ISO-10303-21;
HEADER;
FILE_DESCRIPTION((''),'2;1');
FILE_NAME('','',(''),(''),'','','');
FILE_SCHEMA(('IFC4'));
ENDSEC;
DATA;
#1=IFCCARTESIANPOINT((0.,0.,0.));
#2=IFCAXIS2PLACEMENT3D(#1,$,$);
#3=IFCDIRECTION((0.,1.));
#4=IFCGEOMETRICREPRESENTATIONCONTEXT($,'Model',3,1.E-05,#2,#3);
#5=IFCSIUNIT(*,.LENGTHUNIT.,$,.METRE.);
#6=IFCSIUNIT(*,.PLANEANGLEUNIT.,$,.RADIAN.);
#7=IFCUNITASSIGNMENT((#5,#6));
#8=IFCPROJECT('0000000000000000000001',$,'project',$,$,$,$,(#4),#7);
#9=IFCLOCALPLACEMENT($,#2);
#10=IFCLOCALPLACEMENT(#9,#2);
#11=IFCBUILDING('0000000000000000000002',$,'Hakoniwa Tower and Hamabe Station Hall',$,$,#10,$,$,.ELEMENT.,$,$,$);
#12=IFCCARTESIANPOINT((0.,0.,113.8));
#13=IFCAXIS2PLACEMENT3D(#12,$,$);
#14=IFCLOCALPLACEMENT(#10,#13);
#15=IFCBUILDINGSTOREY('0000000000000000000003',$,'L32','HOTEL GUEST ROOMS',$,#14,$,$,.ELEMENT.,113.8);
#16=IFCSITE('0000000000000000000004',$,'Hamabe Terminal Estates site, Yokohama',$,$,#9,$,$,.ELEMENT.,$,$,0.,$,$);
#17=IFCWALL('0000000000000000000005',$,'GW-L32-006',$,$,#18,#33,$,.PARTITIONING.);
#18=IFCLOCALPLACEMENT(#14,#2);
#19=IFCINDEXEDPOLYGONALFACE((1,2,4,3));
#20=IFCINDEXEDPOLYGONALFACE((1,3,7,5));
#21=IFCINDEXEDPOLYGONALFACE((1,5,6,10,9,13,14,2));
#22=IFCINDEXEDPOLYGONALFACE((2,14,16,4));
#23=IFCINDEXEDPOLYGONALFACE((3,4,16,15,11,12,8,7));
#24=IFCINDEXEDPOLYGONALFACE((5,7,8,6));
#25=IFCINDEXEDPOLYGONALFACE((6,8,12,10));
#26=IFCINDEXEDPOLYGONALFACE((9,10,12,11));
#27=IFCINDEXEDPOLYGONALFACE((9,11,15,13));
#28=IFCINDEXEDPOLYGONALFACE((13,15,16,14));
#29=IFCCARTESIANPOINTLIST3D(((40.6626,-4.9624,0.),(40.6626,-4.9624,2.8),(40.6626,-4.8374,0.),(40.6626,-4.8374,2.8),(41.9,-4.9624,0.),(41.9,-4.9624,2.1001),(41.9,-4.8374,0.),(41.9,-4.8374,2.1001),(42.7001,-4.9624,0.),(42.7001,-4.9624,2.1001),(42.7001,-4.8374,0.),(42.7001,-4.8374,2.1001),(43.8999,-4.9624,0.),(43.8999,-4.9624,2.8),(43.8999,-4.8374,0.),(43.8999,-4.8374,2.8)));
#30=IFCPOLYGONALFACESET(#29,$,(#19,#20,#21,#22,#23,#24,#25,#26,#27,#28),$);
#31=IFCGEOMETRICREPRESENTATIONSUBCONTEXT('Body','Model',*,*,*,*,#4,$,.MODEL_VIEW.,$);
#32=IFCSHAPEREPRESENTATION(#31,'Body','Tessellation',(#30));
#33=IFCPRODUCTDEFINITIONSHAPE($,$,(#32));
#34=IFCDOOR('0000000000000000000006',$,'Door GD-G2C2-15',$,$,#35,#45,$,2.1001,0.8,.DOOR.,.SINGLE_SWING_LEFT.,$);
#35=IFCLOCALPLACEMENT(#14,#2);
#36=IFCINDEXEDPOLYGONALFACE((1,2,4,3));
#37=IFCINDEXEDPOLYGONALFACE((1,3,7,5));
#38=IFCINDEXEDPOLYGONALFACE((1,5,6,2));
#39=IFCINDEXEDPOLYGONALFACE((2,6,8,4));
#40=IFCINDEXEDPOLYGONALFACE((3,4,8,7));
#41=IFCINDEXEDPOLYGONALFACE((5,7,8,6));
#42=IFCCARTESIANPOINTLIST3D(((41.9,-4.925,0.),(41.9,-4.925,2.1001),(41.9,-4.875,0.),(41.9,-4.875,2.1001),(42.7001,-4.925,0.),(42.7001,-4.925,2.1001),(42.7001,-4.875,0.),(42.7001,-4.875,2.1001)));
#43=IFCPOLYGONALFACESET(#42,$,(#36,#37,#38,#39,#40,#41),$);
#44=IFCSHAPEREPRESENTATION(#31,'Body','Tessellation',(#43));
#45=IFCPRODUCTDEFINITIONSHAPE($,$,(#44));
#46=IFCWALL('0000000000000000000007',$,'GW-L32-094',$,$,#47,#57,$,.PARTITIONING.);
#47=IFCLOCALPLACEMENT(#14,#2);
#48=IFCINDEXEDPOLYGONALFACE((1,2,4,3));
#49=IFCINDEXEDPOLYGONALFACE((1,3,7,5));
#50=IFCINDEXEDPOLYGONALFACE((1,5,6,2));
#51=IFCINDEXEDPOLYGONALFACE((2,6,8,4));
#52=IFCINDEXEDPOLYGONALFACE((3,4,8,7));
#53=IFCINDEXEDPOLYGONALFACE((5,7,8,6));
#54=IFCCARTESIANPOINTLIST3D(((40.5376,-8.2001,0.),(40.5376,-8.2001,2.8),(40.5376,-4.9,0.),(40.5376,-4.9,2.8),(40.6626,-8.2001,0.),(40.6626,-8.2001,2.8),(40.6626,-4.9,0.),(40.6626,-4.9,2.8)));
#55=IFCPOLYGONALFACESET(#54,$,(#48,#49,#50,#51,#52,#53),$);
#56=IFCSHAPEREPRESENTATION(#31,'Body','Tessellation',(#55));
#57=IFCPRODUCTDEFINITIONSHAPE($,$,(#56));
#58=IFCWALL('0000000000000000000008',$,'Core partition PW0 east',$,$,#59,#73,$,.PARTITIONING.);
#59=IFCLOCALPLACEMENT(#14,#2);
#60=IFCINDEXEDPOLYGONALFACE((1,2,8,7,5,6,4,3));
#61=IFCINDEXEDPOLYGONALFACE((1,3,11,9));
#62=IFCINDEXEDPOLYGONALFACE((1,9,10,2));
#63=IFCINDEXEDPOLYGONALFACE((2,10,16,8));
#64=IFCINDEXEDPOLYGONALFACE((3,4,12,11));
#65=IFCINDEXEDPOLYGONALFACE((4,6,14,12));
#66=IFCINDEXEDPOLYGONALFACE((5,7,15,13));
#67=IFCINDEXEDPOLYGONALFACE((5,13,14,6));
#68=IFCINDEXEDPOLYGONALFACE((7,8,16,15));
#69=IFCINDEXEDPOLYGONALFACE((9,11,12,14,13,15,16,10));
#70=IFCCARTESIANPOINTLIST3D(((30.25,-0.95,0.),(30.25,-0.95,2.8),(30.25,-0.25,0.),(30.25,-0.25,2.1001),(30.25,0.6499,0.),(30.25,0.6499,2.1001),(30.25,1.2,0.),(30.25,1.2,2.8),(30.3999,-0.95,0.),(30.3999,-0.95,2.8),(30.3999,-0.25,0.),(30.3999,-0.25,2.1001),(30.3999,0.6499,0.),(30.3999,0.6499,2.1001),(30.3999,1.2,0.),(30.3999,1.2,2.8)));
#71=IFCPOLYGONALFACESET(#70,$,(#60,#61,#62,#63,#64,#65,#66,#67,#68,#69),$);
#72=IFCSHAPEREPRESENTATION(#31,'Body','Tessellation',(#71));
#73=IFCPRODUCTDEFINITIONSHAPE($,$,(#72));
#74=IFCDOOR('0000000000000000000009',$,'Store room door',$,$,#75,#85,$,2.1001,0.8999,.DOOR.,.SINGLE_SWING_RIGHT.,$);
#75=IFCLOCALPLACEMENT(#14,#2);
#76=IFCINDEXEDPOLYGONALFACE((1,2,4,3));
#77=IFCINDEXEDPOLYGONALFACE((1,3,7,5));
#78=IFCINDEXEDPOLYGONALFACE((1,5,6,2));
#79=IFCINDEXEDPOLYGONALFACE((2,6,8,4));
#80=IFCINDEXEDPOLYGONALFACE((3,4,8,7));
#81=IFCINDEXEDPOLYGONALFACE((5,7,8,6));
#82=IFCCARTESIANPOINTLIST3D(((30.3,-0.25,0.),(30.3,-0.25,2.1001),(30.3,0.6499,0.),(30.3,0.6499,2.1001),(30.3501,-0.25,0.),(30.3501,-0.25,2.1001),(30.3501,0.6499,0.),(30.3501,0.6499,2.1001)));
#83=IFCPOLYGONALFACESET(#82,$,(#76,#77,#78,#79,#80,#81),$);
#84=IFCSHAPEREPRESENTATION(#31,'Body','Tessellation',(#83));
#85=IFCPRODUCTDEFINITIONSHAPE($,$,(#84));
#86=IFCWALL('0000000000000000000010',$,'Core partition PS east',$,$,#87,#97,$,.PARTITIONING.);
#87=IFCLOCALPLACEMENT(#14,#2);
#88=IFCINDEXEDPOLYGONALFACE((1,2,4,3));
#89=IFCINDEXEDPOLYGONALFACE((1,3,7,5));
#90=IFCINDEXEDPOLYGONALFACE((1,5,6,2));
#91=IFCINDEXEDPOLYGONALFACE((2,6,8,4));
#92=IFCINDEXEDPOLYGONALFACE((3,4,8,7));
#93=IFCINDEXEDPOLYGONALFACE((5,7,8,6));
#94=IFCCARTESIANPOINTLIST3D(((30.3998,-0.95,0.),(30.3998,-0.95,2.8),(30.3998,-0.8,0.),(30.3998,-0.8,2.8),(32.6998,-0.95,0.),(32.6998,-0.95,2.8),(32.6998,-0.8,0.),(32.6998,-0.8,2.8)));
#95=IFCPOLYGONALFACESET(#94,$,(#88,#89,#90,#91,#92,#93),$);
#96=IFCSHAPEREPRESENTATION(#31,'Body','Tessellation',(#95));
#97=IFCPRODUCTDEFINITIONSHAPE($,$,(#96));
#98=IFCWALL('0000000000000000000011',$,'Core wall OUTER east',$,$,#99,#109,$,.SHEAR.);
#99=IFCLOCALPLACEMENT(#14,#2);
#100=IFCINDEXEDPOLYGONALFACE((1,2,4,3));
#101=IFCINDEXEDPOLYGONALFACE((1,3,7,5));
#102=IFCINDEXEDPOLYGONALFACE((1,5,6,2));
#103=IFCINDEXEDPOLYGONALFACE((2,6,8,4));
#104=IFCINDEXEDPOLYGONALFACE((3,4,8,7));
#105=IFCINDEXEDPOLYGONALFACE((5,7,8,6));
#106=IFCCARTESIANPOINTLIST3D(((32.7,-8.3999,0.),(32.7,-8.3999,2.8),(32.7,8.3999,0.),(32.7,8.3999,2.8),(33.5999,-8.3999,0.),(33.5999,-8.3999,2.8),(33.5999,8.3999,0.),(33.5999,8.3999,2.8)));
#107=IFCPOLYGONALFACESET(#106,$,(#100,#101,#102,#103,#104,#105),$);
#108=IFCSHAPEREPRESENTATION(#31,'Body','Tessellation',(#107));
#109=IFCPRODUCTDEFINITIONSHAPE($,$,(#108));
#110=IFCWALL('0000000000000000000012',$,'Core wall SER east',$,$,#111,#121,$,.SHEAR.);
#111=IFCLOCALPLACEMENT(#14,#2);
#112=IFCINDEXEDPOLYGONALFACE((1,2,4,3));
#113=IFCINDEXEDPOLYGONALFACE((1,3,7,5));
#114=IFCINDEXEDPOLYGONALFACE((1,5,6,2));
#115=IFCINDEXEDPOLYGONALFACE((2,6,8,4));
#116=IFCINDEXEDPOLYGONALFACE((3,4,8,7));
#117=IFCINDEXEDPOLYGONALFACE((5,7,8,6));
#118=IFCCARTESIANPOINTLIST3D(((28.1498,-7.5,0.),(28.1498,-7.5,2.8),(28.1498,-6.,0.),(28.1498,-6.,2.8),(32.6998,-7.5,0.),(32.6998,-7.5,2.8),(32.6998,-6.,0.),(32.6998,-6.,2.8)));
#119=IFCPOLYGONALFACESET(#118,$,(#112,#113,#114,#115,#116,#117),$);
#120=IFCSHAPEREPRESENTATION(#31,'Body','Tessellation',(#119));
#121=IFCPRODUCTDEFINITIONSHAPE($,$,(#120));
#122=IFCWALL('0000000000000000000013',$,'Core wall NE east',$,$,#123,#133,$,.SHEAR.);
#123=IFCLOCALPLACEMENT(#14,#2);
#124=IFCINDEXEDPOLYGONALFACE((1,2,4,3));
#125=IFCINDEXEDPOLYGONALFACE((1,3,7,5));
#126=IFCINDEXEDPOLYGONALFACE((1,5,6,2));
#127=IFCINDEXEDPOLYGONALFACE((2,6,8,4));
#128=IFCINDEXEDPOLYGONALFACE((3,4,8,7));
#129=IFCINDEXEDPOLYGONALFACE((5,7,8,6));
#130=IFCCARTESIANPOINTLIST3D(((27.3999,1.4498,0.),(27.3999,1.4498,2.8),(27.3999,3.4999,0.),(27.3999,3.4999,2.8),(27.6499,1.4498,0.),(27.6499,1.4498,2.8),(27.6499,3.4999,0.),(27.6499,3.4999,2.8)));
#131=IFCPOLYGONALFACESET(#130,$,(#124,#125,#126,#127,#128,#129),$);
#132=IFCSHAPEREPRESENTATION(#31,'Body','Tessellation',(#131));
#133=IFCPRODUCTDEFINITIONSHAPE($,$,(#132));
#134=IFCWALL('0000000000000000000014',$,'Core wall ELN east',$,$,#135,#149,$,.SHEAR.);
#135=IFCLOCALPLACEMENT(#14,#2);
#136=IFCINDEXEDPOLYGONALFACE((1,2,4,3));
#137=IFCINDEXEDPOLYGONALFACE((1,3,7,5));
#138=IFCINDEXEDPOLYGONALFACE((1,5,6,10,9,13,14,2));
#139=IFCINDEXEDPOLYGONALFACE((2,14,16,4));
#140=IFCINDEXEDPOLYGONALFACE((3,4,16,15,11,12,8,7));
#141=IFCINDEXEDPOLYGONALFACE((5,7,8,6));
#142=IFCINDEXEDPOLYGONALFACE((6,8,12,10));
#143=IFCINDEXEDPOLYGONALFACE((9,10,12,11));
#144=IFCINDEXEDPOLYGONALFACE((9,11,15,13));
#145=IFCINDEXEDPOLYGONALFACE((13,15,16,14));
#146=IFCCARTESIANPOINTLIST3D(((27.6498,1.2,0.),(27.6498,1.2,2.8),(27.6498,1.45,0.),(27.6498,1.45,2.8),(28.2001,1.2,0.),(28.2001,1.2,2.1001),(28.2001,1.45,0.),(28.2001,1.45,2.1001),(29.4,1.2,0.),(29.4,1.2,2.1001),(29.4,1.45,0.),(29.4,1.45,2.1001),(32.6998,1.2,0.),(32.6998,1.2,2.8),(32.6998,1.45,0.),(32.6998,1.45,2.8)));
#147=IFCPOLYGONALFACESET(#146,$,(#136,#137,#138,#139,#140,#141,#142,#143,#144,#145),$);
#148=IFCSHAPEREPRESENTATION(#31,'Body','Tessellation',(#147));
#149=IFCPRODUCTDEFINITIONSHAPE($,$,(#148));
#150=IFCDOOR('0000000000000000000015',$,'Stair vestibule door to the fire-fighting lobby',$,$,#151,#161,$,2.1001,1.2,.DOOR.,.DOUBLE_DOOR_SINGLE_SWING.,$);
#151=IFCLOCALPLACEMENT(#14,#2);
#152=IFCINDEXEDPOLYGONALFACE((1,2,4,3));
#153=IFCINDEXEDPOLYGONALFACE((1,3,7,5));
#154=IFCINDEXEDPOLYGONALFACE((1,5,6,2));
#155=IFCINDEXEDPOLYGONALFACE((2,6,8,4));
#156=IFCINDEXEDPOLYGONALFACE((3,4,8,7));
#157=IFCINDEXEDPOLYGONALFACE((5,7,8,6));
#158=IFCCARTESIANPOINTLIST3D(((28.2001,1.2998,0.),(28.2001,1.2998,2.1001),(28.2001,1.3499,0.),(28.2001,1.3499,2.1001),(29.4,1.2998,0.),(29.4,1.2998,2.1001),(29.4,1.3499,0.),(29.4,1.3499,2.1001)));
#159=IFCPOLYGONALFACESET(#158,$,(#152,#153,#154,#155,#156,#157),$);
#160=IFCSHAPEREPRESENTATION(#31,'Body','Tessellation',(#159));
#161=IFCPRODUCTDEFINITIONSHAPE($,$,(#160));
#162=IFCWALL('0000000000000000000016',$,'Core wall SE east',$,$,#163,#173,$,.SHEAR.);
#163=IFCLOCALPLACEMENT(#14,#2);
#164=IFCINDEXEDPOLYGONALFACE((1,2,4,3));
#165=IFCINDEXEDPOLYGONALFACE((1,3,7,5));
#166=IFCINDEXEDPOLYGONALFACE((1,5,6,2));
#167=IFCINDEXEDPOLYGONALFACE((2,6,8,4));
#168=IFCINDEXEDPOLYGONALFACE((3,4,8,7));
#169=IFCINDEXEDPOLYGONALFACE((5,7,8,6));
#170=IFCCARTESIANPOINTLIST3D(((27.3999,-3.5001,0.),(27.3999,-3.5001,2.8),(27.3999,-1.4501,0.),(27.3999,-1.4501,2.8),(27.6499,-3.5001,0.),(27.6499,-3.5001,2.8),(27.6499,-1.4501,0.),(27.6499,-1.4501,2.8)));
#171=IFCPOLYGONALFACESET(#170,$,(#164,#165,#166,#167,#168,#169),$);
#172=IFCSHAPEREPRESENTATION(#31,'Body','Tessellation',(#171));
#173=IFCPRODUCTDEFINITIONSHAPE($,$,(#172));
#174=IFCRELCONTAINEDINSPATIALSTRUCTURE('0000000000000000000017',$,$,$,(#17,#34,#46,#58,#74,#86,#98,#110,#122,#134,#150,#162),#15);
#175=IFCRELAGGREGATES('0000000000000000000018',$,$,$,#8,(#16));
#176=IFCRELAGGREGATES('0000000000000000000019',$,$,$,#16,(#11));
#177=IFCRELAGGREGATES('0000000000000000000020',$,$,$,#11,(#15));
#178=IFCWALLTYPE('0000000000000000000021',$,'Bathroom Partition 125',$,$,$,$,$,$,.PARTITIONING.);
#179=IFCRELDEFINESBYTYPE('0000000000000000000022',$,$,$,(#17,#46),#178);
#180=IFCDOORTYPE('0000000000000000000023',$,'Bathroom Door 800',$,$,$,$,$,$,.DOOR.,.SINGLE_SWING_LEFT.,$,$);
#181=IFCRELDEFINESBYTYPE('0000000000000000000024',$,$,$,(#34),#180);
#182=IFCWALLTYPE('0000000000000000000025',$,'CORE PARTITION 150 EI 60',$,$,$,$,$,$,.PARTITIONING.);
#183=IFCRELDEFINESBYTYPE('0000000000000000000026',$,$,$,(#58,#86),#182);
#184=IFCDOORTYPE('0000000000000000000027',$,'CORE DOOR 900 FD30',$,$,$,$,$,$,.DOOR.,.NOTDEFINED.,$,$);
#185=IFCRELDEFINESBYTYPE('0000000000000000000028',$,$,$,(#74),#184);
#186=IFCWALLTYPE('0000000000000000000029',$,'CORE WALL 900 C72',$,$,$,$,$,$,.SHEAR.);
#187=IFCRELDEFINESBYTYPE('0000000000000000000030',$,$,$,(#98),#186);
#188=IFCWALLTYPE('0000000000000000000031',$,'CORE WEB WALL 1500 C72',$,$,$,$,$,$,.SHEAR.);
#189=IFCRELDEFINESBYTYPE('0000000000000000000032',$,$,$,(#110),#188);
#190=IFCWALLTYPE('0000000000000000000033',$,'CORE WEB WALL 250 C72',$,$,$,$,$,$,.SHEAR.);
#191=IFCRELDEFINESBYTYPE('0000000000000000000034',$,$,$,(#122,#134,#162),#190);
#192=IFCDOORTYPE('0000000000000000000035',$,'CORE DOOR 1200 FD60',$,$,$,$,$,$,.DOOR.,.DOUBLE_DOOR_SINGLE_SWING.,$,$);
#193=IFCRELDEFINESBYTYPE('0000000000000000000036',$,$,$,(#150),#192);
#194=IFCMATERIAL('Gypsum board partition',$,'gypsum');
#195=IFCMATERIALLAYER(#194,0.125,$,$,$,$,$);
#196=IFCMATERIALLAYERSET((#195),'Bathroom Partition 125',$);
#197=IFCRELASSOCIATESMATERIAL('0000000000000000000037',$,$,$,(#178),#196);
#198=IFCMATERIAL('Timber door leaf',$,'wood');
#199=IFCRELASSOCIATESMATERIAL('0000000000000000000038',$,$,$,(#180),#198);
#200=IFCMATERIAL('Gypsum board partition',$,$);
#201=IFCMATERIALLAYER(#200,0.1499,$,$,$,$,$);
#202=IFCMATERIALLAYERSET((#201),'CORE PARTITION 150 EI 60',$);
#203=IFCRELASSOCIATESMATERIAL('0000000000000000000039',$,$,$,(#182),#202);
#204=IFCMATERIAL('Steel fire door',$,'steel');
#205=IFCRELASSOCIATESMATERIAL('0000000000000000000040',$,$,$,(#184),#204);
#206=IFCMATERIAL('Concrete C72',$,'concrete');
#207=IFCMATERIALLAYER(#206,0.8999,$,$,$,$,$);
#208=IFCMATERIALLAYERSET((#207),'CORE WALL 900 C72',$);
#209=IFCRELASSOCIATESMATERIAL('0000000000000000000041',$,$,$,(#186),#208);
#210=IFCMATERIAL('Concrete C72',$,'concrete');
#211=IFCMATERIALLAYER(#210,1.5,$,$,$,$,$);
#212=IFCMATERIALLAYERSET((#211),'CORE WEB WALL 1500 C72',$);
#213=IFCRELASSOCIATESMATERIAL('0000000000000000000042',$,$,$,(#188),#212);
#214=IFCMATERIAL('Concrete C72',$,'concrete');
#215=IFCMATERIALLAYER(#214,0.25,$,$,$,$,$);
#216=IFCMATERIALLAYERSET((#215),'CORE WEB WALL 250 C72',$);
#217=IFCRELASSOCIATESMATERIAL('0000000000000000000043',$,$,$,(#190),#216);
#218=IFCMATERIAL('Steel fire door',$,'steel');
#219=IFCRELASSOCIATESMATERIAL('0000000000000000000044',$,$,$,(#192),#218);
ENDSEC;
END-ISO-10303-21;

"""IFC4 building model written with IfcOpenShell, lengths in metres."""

from ifc_helpers import new_model, si_unit, direction, frame, frame_2d, origin, place, context, subcontext, project, spatial, rectangle, extrude, material, layer, layer_set, type_object, element, fill, save


model = new_model("IFC4")

# Units and contexts
model_context = context("Model", 3, precision=1e-05, world=origin(), true_north=direction((0.0, 1.0)))
body_context = subcontext(model_context, "Body", "Model", "MODEL_VIEW")
ifc_project = project(units=[si_unit("LENGTHUNIT", "METRE"), si_unit("PLANEANGLEUNIT", "RADIAN")], contexts=[model_context])

# Site, building, storey
site_placement = place(None, origin())
site = spatial("IfcSite", under=ifc_project, at=site_placement, Name="Hamabe Terminal Estates site, Yokohama", CompositionType="ELEMENT", RefElevation=0.0)
building_placement = place(site_placement, origin())
building = spatial("IfcBuilding", under=site, at=building_placement, Name="Hakoniwa Tower and Hamabe Station Hall", CompositionType="ELEMENT")
storey_placement = place(building_placement, frame((0.0, 0.0, 113.8)))
storey = spatial("IfcBuildingStorey", under=building, at=storey_placement, Name="L32", Description="HOTEL GUEST ROOMS", CompositionType="ELEMENT", Elevation=113.8)

# Wall, opening, door
ifc_material_1 = material(Name="Gypsum board partition", Category="gypsum")
ifc_layer_1 = layer(ifc_material_1, 0.125)
ifc_layer_set_1 = layer_set([ifc_layer_1], Name="Bathroom Partition 125")
wall_type_1 = type_object("IfcWallType", Name="Bathroom Partition 125", PredefinedType="PARTITIONING", material=ifc_layer_set_1)
wall_1_placement = place(storey_placement, frame((40.6626, -4.8999, 0.0), z_axis=(0.0, 0.0, 1.0), x_axis=(1.0, 0.0, 0.0)))
wall_1 = element("IfcWall", 1, at=wall_1_placement, inside=storey, type_object=wall_type_1, Name="GW-L32-006", PredefinedType="PARTITIONING", context=body_context, shape_type="SweptSolid", body=[
    extrude(rectangle(XDim=3.2373, YDim=0.125, at=frame_2d((1.6187, 0.0))), origin(), (0.0, 0.0, 1.0), 2.8),
])
opening_1_placement = place(wall_1_placement, frame((1.2375, 0.0, 0.0)))
opening_1 = element("IfcOpeningElement", 2, at=opening_1_placement, cuts=wall_1, PredefinedType="OPENING", context=body_context, shape_type="SweptSolid", body=[
    extrude(rectangle(XDim=0.8, YDim=2.1001, at=frame_2d((0.3999, 1.05))), frame((0.0, 0.0725, 0.0), z_axis=(0.0, -1.0, 0.0), x_axis=(1.0, 0.0, 0.0)), (0.0, 0.0, 1.0), 0.145),
])
ifc_material_2 = material(Name="Timber door leaf", Category="wood")
door_type_1 = type_object("IfcDoorType", Name="Bathroom Door 800", OperationType="SINGLE_SWING_LEFT", PredefinedType="DOOR", material=ifc_material_2)
door_1_placement = place(opening_1_placement, origin())
door_1 = element("IfcDoor", 3, at=door_1_placement, inside=storey, type_object=door_type_1, Name="Door GD-G2C2-15", OperationType="SINGLE_SWING_LEFT", OverallHeight=2.1001, OverallWidth=0.8, PredefinedType="DOOR", context=body_context, shape_type="SweptSolid", body=[
    extrude(rectangle(XDim=0.8, YDim=2.1001, at=frame_2d((0.3999, 1.05))), frame((0.0, 0.0249, 0.0), z_axis=(0.0, -1.0, 0.0), x_axis=(1.0, 0.0, 0.0)), (0.0, 0.0, 1.0), 0.05),
])
fill(opening_1, door_1)

# Wall
wall_2_placement = place(storey_placement, frame((40.6001, -8.2, 0.0), z_axis=(0.0, 0.0, 1.0), x_axis=(0.0, 1.0, 0.0)))
element("IfcWall", 4, at=wall_2_placement, inside=storey, type_object=wall_type_1, Name="GW-L32-094", PredefinedType="PARTITIONING", context=body_context, shape_type="SweptSolid", body=[
    extrude(rectangle(XDim=3.3, YDim=0.125, at=frame_2d((1.6499, 0.0))), origin(), (0.0, 0.0, 1.0), 2.8),
])

# Wall, opening, door
ifc_material_3 = material(Name="Gypsum board partition")
ifc_layer_2 = layer(ifc_material_3, 0.1499)
ifc_layer_set_2 = layer_set([ifc_layer_2], Name="CORE PARTITION 150 EI 60")
wall_type_2 = type_object("IfcWallType", Name="CORE PARTITION 150 EI 60", PredefinedType="PARTITIONING", material=ifc_layer_set_2)
wall_3_placement = place(storey_placement, frame((30.325, -0.95, 0.0), z_axis=(0.0, 0.0, 1.0), x_axis=(0.0, 1.0, 0.0)))
wall_3 = element("IfcWall", 5, at=wall_3_placement, inside=storey, type_object=wall_type_2, Name="Core partition PW0 east", PredefinedType="PARTITIONING", context=body_context, shape_type="SweptSolid", body=[
    extrude(rectangle(XDim=2.1499, YDim=0.1499, at=frame_2d((1.075, 0.0))), origin(), (0.0, 0.0, 1.0), 2.8),
])
opening_2_placement = place(wall_3_placement, frame((0.7, 0.0, 0.0)))
opening_2 = element("IfcOpeningElement", 6, at=opening_2_placement, cuts=wall_3, PredefinedType="OPENING", context=body_context, shape_type="SweptSolid", body=[
    extrude(rectangle(XDim=0.8999, YDim=2.1001, at=frame_2d((0.45, 1.05))), frame((0.0, 0.085, 0.0), z_axis=(0.0, -1.0, 0.0), x_axis=(1.0, 0.0, 0.0)), (0.0, 0.0, 1.0), 0.1699),
])
ifc_material_4 = material(Name="Steel fire door", Category="steel")
door_type_2 = type_object("IfcDoorType", Name="CORE DOOR 900 FD30", OperationType="NOTDEFINED", PredefinedType="DOOR", material=ifc_material_4)
door_2_placement = place(opening_2_placement, origin())
door_2 = element("IfcDoor", 7, at=door_2_placement, inside=storey, type_object=door_type_2, Name="Store room door", OperationType="SINGLE_SWING_RIGHT", OverallHeight=2.1001, OverallWidth=0.8999, PredefinedType="DOOR", context=body_context, shape_type="SweptSolid", body=[
    extrude(rectangle(XDim=0.8999, YDim=2.1001, at=frame_2d((0.45, 1.05))), frame((0.0, 0.0249, 0.0), z_axis=(0.0, -1.0, 0.0), x_axis=(1.0, 0.0, 0.0)), (0.0, 0.0, 1.0), 0.05),
])
fill(opening_2, door_2)

# Walls
wall_4_placement = place(storey_placement, frame((30.3999, -0.875, 0.0), z_axis=(0.0, 0.0, 1.0), x_axis=(1.0, 0.0, 0.0)))
element("IfcWall", 8, at=wall_4_placement, inside=storey, type_object=wall_type_2, Name="Core partition PS east", PredefinedType="PARTITIONING", context=body_context, shape_type="SweptSolid", body=[
    extrude(rectangle(XDim=2.3, YDim=0.1499, at=frame_2d((1.1499, 0.0))), origin(), (0.0, 0.0, 1.0), 2.8),
])
ifc_material_5 = material(Name="Concrete C72", Category="concrete")
ifc_layer_3 = layer(ifc_material_5, 0.8999)
ifc_layer_set_3 = layer_set([ifc_layer_3], Name="CORE WALL 900 C72")
wall_type_3 = type_object("IfcWallType", Name="CORE WALL 900 C72", PredefinedType="SHEAR", material=ifc_layer_set_3)
wall_5_placement = place(storey_placement, frame((33.1499, -8.3999, 0.0), z_axis=(0.0, 0.0, 1.0), x_axis=(0.0, 1.0, 0.0)))
element("IfcWall", 9, at=wall_5_placement, inside=storey, type_object=wall_type_3, Name="Core wall OUTER east", PredefinedType="SHEAR", context=body_context, shape_type="SweptSolid", body=[
    extrude(rectangle(XDim=16.7998, YDim=0.8999, at=frame_2d((8.3999, 0.0))), origin(), (0.0, 0.0, 1.0), 2.8),
])
ifc_material_6 = material(Name="Concrete C72", Category="concrete")
ifc_layer_4 = layer(ifc_material_6, 1.5)
ifc_layer_set_4 = layer_set([ifc_layer_4], Name="CORE WEB WALL 1500 C72")
wall_type_4 = type_object("IfcWallType", Name="CORE WEB WALL 1500 C72", PredefinedType="SHEAR", material=ifc_layer_set_4)
wall_6_placement = place(storey_placement, frame((28.1499, -6.75, 0.0), z_axis=(0.0, 0.0, 1.0), x_axis=(1.0, 0.0, 0.0)))
element("IfcWall", 10, at=wall_6_placement, inside=storey, type_object=wall_type_4, Name="Core wall SER east", PredefinedType="SHEAR", context=body_context, shape_type="SweptSolid", body=[
    extrude(rectangle(XDim=4.55, YDim=1.5, at=frame_2d((2.2749, 0.0))), origin(), (0.0, 0.0, 1.0), 2.8),
])
ifc_material_7 = material(Name="Concrete C72", Category="concrete")
ifc_layer_5 = layer(ifc_material_7, 0.25)
ifc_layer_set_5 = layer_set([ifc_layer_5], Name="CORE WEB WALL 250 C72")
wall_type_5 = type_object("IfcWallType", Name="CORE WEB WALL 250 C72", PredefinedType="SHEAR", material=ifc_layer_set_5)
wall_7_placement = place(storey_placement, frame((27.5249, 1.45, 0.0), z_axis=(0.0, 0.0, 1.0), x_axis=(0.0, 1.0, 0.0)))
element("IfcWall", 11, at=wall_7_placement, inside=storey, type_object=wall_type_5, Name="Core wall NE east", PredefinedType="SHEAR", context=body_context, shape_type="SweptSolid", body=[
    extrude(rectangle(XDim=2.05, YDim=0.25, at=frame_2d((1.0249, 0.0))), origin(), (0.0, 0.0, 1.0), 2.8),
])

# Wall, opening, door
wall_8_placement = place(storey_placement, frame((27.6499, 1.325, 0.0), z_axis=(0.0, 0.0, 1.0), x_axis=(1.0, 0.0, 0.0)))
wall_8 = element("IfcWall", 12, at=wall_8_placement, inside=storey, type_object=wall_type_5, Name="Core wall ELN east", PredefinedType="SHEAR", context=body_context, shape_type="SweptSolid", body=[
    extrude(rectangle(XDim=5.05, YDim=0.25, at=frame_2d((2.5249, 0.0))), origin(), (0.0, 0.0, 1.0), 2.8),
])
opening_3_placement = place(wall_8_placement, frame((0.55, 0.0, 0.0)))
opening_3 = element("IfcOpeningElement", 13, at=opening_3_placement, cuts=wall_8, PredefinedType="OPENING", context=body_context, shape_type="SweptSolid", body=[
    extrude(rectangle(XDim=1.2, YDim=2.1001, at=frame_2d((0.6001, 1.05))), frame((0.0, 0.135, 0.0), z_axis=(0.0, -1.0, 0.0), x_axis=(1.0, 0.0, 0.0)), (0.0, 0.0, 1.0), 0.27),
])
ifc_material_8 = material(Name="Steel fire door", Category="steel")
door_type_3 = type_object("IfcDoorType", Name="CORE DOOR 1200 FD60", OperationType="DOUBLE_DOOR_SINGLE_SWING", PredefinedType="DOOR", material=ifc_material_8)
door_3_placement = place(opening_3_placement, origin())
door_3 = element("IfcDoor", 14, at=door_3_placement, inside=storey, type_object=door_type_3, Name="Stair vestibule door to the fire-fighting lobby", OperationType="DOUBLE_DOOR_SINGLE_SWING", OverallHeight=2.1001, OverallWidth=1.2, PredefinedType="DOOR", context=body_context, shape_type="SweptSolid", body=[
    extrude(rectangle(XDim=1.2, YDim=2.1001, at=frame_2d((0.6001, 1.05))), frame((0.0, 0.0249, 0.0), z_axis=(0.0, -1.0, 0.0), x_axis=(1.0, 0.0, 0.0)), (0.0, 0.0, 1.0), 0.05),
])
fill(opening_3, door_3)

# Wall
wall_9_placement = place(storey_placement, frame((27.5249, -3.5, 0.0), z_axis=(0.0, 0.0, 1.0), x_axis=(0.0, 1.0, 0.0)))
element("IfcWall", 15, at=wall_9_placement, inside=storey, type_object=wall_type_5, Name="Core wall SE east", PredefinedType="SHEAR", context=body_context, shape_type="SweptSolid", body=[
    extrude(rectangle(XDim=2.05, YDim=0.25, at=frame_2d((1.0249, 0.0))), origin(), (0.0, 0.0, 1.0), 2.8),
])

save(model, "model.ifc")
